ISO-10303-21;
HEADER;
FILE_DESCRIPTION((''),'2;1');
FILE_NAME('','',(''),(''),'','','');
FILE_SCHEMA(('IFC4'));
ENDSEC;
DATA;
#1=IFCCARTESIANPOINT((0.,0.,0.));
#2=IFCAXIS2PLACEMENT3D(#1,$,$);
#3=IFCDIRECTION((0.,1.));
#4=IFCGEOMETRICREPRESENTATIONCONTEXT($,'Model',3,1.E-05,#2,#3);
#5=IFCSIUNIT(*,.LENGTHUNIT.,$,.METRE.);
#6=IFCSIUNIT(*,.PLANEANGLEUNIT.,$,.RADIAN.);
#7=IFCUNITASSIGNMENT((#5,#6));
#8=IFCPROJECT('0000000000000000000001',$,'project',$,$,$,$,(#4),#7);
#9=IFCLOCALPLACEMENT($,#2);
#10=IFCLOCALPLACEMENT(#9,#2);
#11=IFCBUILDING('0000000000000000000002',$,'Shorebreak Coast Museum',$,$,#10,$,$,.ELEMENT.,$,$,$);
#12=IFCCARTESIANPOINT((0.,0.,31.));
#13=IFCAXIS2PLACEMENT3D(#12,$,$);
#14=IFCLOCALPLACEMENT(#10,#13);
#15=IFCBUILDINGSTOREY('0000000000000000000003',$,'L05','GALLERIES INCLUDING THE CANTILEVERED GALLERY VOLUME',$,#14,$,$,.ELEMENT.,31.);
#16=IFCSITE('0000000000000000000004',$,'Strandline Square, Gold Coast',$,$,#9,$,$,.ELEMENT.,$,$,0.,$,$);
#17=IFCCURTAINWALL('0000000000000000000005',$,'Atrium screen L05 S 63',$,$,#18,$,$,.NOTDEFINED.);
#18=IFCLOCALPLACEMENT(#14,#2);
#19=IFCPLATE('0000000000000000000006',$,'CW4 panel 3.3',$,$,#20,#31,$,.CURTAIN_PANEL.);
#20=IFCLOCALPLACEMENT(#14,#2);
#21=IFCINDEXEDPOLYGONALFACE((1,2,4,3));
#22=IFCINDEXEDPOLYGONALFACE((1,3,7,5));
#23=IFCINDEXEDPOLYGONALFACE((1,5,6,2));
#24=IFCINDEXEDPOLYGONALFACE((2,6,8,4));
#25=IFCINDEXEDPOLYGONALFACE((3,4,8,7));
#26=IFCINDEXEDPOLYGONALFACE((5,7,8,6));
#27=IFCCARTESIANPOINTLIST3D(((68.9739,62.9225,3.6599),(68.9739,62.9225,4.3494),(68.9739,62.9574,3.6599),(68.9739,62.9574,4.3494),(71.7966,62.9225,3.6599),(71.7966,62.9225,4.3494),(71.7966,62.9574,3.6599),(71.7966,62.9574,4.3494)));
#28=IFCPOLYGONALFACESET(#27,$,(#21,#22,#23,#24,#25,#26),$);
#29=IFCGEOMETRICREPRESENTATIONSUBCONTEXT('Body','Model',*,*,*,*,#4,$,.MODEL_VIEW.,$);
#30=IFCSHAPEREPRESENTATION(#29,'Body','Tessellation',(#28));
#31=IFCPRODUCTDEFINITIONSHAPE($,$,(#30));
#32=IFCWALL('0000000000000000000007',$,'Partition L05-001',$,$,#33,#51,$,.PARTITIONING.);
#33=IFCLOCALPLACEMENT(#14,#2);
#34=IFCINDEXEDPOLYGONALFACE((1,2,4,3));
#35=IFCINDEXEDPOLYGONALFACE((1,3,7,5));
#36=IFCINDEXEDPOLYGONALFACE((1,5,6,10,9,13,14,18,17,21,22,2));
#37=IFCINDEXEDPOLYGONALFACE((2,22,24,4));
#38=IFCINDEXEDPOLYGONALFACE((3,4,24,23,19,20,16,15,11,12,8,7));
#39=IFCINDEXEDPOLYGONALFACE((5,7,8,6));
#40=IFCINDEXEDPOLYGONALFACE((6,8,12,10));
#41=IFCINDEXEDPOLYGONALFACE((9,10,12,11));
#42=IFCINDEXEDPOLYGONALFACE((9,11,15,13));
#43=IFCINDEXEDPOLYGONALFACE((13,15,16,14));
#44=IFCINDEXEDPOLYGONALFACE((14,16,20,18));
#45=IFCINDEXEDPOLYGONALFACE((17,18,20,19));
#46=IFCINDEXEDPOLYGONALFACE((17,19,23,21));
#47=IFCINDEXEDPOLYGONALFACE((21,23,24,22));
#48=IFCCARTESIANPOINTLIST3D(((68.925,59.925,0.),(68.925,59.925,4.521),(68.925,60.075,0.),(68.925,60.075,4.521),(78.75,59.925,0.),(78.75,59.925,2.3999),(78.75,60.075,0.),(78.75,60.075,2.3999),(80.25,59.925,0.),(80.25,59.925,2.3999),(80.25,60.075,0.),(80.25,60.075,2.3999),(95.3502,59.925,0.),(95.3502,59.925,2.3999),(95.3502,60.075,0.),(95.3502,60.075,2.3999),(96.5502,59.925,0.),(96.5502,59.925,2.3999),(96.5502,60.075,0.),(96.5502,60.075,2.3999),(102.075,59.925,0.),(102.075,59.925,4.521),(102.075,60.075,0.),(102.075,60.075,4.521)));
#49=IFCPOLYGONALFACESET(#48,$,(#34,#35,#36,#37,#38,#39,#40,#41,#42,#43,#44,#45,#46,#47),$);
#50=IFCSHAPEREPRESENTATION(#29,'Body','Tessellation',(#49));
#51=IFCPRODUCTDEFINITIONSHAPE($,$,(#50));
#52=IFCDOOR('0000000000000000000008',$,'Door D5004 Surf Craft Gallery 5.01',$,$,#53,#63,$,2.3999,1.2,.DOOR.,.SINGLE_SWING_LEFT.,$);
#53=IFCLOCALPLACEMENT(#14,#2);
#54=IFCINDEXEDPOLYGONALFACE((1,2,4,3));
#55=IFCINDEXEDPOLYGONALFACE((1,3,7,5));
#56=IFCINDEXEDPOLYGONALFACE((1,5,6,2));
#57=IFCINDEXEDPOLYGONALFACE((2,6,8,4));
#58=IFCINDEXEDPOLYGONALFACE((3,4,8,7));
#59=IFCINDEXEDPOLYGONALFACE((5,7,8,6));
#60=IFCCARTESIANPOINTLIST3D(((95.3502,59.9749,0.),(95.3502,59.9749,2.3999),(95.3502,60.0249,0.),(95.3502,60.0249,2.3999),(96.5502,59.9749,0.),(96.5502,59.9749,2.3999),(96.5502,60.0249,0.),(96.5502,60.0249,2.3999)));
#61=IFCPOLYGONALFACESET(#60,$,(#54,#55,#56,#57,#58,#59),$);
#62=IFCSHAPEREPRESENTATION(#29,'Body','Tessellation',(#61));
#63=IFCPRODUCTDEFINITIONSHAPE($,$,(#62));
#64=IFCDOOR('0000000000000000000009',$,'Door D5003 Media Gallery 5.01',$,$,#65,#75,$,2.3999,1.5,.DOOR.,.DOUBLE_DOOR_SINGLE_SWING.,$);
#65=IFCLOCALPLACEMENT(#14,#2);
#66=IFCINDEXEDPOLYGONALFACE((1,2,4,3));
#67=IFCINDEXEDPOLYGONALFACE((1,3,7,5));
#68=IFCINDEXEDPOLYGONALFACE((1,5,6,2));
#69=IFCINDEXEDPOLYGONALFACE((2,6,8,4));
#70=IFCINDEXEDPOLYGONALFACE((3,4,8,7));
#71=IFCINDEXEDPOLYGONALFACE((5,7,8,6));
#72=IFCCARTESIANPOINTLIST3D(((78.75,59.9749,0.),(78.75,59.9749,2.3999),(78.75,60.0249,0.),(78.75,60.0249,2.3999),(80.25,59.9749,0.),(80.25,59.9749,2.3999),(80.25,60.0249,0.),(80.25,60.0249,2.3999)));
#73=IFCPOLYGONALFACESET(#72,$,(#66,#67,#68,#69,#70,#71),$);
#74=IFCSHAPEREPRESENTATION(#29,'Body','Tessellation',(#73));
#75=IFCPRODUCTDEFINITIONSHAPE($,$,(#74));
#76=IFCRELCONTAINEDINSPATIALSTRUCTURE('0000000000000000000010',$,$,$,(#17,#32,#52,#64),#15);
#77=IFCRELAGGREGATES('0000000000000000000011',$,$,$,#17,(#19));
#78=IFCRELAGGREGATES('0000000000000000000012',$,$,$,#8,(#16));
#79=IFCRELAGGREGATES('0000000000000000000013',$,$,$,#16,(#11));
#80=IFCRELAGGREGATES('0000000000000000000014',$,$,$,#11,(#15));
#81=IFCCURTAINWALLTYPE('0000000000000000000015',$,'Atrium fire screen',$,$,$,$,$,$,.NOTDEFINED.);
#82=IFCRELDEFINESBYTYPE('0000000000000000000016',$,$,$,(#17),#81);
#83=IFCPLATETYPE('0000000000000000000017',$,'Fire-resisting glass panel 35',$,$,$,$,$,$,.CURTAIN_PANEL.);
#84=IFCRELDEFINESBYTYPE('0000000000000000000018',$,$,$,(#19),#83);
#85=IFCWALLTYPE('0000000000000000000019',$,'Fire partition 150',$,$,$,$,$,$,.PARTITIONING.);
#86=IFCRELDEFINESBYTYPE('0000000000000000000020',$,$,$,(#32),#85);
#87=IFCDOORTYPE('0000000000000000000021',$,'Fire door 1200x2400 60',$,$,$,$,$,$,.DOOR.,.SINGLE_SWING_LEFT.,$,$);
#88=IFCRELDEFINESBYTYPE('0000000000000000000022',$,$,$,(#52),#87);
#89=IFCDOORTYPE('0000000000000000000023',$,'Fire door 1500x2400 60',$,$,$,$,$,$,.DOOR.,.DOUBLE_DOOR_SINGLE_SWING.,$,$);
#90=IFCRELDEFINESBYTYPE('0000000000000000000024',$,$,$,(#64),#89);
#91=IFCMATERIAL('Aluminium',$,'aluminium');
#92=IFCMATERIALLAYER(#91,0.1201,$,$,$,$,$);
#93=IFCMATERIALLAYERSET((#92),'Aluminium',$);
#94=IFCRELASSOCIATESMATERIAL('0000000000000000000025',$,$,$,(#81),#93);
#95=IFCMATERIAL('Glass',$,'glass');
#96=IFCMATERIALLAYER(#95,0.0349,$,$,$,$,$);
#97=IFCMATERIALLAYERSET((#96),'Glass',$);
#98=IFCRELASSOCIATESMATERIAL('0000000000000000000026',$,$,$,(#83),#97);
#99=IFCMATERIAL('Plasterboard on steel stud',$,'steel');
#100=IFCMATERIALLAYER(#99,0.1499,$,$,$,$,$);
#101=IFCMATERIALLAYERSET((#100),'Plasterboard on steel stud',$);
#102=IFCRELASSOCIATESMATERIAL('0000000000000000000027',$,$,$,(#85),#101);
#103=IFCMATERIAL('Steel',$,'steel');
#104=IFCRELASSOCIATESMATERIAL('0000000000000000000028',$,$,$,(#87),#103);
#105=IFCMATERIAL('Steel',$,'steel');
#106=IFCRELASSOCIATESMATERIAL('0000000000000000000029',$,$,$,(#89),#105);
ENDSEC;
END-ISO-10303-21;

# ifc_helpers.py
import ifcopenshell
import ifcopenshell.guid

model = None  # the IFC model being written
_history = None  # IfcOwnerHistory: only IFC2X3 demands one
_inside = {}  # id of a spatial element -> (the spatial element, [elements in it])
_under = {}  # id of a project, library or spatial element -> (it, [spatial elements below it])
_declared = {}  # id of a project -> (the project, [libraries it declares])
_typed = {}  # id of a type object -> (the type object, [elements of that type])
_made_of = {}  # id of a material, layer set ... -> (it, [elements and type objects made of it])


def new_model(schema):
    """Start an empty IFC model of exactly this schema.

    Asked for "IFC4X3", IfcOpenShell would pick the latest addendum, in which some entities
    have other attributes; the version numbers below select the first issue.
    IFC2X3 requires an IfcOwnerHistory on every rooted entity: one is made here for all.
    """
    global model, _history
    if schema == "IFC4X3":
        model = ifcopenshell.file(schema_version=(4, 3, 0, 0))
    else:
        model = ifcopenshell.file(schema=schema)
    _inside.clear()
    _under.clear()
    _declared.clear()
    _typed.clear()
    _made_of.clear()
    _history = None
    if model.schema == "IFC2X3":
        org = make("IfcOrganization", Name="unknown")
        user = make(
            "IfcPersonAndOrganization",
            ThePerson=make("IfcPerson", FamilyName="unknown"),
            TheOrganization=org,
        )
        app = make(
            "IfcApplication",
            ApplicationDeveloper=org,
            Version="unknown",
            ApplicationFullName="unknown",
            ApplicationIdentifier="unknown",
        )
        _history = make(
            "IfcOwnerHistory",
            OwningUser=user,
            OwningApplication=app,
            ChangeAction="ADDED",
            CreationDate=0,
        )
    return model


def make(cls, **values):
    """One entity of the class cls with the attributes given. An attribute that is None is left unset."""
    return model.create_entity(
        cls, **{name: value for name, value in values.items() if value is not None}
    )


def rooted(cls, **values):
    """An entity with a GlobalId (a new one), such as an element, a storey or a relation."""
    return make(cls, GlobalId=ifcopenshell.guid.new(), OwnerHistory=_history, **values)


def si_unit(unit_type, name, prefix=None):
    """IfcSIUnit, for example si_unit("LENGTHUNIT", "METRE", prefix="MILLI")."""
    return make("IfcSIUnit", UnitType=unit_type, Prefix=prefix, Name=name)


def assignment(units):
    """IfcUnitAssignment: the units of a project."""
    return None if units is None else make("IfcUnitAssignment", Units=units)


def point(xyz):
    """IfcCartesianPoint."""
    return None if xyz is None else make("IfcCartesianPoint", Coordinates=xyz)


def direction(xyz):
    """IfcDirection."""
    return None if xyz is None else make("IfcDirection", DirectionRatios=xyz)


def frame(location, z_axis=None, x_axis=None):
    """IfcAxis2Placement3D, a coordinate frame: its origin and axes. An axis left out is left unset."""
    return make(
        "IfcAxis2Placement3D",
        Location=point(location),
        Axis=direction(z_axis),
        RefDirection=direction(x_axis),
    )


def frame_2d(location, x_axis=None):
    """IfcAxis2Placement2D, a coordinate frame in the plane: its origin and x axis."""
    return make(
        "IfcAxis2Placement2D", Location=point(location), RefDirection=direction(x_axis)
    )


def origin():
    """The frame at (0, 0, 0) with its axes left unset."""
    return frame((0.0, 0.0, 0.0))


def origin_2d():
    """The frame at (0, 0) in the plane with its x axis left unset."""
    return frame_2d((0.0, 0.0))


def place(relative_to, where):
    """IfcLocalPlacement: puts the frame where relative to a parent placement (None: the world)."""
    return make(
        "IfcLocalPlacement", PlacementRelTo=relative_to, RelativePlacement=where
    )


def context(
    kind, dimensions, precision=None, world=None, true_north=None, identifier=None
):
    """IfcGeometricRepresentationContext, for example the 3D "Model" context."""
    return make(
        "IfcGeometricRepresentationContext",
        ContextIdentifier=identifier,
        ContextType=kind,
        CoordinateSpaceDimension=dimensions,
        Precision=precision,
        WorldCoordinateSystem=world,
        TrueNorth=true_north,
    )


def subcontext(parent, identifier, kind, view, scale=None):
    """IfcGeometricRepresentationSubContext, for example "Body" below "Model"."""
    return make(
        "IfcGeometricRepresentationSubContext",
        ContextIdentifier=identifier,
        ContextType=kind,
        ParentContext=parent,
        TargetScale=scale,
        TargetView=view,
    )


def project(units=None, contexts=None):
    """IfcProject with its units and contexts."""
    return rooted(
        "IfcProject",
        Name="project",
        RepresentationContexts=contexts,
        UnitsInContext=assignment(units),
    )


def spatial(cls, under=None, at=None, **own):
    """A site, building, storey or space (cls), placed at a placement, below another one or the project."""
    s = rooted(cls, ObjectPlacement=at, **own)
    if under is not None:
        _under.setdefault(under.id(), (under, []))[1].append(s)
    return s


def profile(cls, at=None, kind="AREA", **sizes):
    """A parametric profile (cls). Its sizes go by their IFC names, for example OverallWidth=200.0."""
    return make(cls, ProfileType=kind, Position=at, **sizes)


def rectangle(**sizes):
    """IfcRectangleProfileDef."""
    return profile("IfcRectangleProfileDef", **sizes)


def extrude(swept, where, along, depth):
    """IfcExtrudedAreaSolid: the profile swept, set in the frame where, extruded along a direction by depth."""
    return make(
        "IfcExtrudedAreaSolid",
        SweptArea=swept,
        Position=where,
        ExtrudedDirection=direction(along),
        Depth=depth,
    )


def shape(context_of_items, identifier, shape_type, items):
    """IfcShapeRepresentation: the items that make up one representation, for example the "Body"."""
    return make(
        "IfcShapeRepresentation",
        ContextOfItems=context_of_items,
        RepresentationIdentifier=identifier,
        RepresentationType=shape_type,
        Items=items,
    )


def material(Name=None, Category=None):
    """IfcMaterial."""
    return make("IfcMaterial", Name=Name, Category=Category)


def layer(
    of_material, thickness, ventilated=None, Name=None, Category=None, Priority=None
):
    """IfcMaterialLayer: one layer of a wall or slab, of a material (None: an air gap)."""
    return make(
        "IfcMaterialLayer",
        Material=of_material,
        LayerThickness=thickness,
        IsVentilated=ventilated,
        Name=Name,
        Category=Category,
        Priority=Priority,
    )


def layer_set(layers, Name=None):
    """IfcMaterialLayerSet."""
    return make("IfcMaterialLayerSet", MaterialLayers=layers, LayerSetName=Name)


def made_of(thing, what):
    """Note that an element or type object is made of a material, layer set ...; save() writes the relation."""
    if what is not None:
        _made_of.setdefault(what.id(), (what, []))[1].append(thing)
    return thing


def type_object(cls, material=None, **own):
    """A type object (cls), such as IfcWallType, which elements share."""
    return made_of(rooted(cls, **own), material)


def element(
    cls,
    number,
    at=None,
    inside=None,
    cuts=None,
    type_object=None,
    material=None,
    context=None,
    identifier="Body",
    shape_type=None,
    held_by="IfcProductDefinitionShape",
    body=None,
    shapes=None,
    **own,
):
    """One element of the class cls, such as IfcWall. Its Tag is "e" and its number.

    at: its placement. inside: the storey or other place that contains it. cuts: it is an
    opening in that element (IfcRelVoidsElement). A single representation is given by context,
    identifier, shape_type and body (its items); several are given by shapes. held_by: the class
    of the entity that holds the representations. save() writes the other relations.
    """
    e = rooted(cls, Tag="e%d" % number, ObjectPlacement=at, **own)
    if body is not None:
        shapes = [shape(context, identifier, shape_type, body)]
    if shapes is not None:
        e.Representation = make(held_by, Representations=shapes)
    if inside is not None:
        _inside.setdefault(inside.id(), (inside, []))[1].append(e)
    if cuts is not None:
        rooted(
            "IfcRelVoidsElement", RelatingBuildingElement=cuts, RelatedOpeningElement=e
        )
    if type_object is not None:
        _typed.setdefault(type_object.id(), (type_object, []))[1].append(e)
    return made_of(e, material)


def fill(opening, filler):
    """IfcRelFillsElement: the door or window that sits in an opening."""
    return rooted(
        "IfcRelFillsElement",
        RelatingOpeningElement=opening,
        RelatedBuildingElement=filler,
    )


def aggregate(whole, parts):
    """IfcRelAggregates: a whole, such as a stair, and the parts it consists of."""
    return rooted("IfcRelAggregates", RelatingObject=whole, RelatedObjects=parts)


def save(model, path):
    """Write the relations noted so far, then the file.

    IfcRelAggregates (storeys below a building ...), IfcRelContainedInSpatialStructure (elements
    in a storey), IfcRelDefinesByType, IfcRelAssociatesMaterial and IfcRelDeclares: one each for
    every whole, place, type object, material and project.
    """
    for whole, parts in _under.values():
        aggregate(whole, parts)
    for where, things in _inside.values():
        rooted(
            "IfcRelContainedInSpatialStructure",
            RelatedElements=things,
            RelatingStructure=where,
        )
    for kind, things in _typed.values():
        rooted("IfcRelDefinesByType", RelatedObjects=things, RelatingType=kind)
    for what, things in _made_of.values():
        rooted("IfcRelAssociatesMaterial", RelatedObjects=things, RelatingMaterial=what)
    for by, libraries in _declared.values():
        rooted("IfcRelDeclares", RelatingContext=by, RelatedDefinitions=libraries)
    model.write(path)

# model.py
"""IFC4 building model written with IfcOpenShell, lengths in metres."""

from ifc_helpers import new_model, si_unit, direction, frame, frame_2d, origin, origin_2d, place, context, subcontext, project, spatial, rectangle, extrude, material, layer, layer_set, type_object, element, fill, aggregate, save


model = new_model("IFC4")

# Units and contexts
model_context = context("Model", 3, precision=1e-05, world=origin(), true_north=direction((0.0, 1.0)))
body_context = subcontext(model_context, "Body", "Model", "MODEL_VIEW")
ifc_project = project(units=[si_unit("LENGTHUNIT", "METRE"), si_unit("PLANEANGLEUNIT", "RADIAN")], contexts=[model_context])

# Site, building, storey
site_placement = place(None, origin())
site = spatial("IfcSite", under=ifc_project, at=site_placement, Name="Strandline Square, Gold Coast", CompositionType="ELEMENT", RefElevation=0.0)
building_placement = place(site_placement, origin())
building = spatial("IfcBuilding", under=site, at=building_placement, Name="Shorebreak Coast Museum", CompositionType="ELEMENT")
storey_placement = place(building_placement, frame((0.0, 0.0, 31.0)))
storey = spatial("IfcBuildingStorey", under=building, at=storey_placement, Name="L05", Description="GALLERIES INCLUDING THE CANTILEVERED GALLERY VOLUME", CompositionType="ELEMENT", Elevation=31.0)

# Curtain wall, plate
ifc_material_1 = material(Name="Aluminium", Category="aluminium")
ifc_layer_1 = layer(ifc_material_1, 0.1201)
ifc_layer_set_1 = layer_set([ifc_layer_1], Name="Aluminium")
curtain_wall_type = type_object("IfcCurtainWallType", Name="Atrium fire screen", PredefinedType="NOTDEFINED", material=ifc_layer_set_1)
curtain_wall_placement = place(storey_placement, origin())
curtain_wall = element("IfcCurtainWall", 1, at=curtain_wall_placement, inside=storey, type_object=curtain_wall_type, Name="Atrium screen L05 S 63", PredefinedType="NOTDEFINED")
ifc_material_2 = material(Name="Glass", Category="glass")
ifc_layer_2 = layer(ifc_material_2, 0.0349)
ifc_layer_set_2 = layer_set([ifc_layer_2], Name="Glass")
plate_type = type_object("IfcPlateType", Name="Fire-resisting glass panel 35", PredefinedType="CURTAIN_PANEL", material=ifc_layer_set_2)
plate_1_placement = place(storey_placement, frame((70.3853, 62.9399, 3.6599), z_axis=(0.0, 0.0, 1.0), x_axis=(1.0, 0.0, 0.0)))
plate_1 = element("IfcPlate", 2, at=plate_1_placement, type_object=plate_type, Name="CW4 panel 3.3", PredefinedType="CURTAIN_PANEL", context=body_context, shape_type="SweptSolid", body=[
    extrude(rectangle(XDim=2.8228, YDim=0.0349, at=origin_2d()), origin(), (0.0, 0.0, 1.0), 0.6895),
])
aggregate(curtain_wall, [plate_1])

# Wall, openings, doors
ifc_material_3 = material(Name="Plasterboard on steel stud", Category="steel")
ifc_layer_3 = layer(ifc_material_3, 0.1499)
ifc_layer_set_3 = layer_set([ifc_layer_3], Name="Plasterboard on steel stud")
wall_type = type_object("IfcWallType", Name="Fire partition 150", PredefinedType="PARTITIONING", material=ifc_layer_set_3)
wall_placement = place(storey_placement, frame((68.925, 60.0, 0.0), z_axis=(0.0, 0.0, 1.0), x_axis=(1.0, 0.0, 0.0)))
wall = element("IfcWall", 3, at=wall_placement, inside=storey, type_object=wall_type, Name="Partition L05-001", PredefinedType="PARTITIONING", context=body_context, shape_type="SweptSolid", body=[
    extrude(rectangle(XDim=33.1499, YDim=0.1499, at=frame_2d((16.575, 0.0))), origin(), (0.0, 0.0, 1.0), 4.521),
])
opening_1_placement = place(wall_placement, frame((9.825, 0.0, 0.0)))
opening_1 = element("IfcOpeningElement", 4, at=opening_1_placement, cuts=wall, PredefinedType="OPENING", context=body_context, shape_type="SweptSolid", body=[
    extrude(rectangle(XDim=1.5, YDim=2.3999, at=frame_2d((0.75, 1.2))), frame((0.0, 0.085, 0.0), z_axis=(0.0, -1.0, 0.0), x_axis=(1.0, 0.0, 0.0)), (0.0, 0.0, 1.0), 0.1699),
])
opening_2_placement = place(wall_placement, frame((26.425, 0.0, 0.0)))
opening_2 = element("IfcOpeningElement", 5, at=opening_2_placement, cuts=wall, PredefinedType="OPENING", context=body_context, shape_type="SweptSolid", body=[
    extrude(rectangle(XDim=1.2, YDim=2.3999, at=frame_2d((0.6001, 1.2))), frame((0.0, 0.085, 0.0), z_axis=(0.0, -1.0, 0.0), x_axis=(1.0, 0.0, 0.0)), (0.0, 0.0, 1.0), 0.1699),
])
ifc_material_4 = material(Name="Steel", Category="steel")
door_type_1 = type_object("IfcDoorType", Name="Fire door 1200x2400 60", OperationType="SINGLE_SWING_LEFT", PredefinedType="DOOR", material=ifc_material_4)
door_1_placement = place(opening_2_placement, origin())
door_1 = element("IfcDoor", 6, at=door_1_placement, inside=storey, type_object=door_type_1, Name="Door D5004 Surf Craft Gallery 5.01", OperationType="SINGLE_SWING_LEFT", OverallHeight=2.3999, OverallWidth=1.2, PredefinedType="DOOR", context=body_context, shape_type="SweptSolid", body=[
    extrude(rectangle(XDim=1.2, YDim=2.3999, at=frame_2d((0.6001, 1.2))), frame((0.0, 0.0249, 0.0), z_axis=(0.0, -1.0, 0.0), x_axis=(1.0, 0.0, 0.0)), (0.0, 0.0, 1.0), 0.05),
])
fill(opening_2, door_1)
ifc_material_5 = material(Name="Steel", Category="steel")
door_type_2 = type_object("IfcDoorType", Name="Fire door 1500x2400 60", OperationType="DOUBLE_DOOR_SINGLE_SWING", PredefinedType="DOOR", material=ifc_material_5)
door_2_placement = place(opening_1_placement, origin())
door_2 = element("IfcDoor", 7, at=door_2_placement, inside=storey, type_object=door_type_2, Name="Door D5003 Media Gallery 5.01", OperationType="DOUBLE_DOOR_SINGLE_SWING", OverallHeight=2.3999, OverallWidth=1.5, PredefinedType="DOOR", context=body_context, shape_type="SweptSolid", body=[
    extrude(rectangle(XDim=1.5, YDim=2.3999, at=frame_2d((0.75, 1.2))), frame((0.0, 0.0249, 0.0), z_axis=(0.0, -1.0, 0.0), x_axis=(1.0, 0.0, 0.0)), (0.0, 0.0, 1.0), 0.05),
])
fill(opening_1, door_2)

save(model, "model.ifc")
